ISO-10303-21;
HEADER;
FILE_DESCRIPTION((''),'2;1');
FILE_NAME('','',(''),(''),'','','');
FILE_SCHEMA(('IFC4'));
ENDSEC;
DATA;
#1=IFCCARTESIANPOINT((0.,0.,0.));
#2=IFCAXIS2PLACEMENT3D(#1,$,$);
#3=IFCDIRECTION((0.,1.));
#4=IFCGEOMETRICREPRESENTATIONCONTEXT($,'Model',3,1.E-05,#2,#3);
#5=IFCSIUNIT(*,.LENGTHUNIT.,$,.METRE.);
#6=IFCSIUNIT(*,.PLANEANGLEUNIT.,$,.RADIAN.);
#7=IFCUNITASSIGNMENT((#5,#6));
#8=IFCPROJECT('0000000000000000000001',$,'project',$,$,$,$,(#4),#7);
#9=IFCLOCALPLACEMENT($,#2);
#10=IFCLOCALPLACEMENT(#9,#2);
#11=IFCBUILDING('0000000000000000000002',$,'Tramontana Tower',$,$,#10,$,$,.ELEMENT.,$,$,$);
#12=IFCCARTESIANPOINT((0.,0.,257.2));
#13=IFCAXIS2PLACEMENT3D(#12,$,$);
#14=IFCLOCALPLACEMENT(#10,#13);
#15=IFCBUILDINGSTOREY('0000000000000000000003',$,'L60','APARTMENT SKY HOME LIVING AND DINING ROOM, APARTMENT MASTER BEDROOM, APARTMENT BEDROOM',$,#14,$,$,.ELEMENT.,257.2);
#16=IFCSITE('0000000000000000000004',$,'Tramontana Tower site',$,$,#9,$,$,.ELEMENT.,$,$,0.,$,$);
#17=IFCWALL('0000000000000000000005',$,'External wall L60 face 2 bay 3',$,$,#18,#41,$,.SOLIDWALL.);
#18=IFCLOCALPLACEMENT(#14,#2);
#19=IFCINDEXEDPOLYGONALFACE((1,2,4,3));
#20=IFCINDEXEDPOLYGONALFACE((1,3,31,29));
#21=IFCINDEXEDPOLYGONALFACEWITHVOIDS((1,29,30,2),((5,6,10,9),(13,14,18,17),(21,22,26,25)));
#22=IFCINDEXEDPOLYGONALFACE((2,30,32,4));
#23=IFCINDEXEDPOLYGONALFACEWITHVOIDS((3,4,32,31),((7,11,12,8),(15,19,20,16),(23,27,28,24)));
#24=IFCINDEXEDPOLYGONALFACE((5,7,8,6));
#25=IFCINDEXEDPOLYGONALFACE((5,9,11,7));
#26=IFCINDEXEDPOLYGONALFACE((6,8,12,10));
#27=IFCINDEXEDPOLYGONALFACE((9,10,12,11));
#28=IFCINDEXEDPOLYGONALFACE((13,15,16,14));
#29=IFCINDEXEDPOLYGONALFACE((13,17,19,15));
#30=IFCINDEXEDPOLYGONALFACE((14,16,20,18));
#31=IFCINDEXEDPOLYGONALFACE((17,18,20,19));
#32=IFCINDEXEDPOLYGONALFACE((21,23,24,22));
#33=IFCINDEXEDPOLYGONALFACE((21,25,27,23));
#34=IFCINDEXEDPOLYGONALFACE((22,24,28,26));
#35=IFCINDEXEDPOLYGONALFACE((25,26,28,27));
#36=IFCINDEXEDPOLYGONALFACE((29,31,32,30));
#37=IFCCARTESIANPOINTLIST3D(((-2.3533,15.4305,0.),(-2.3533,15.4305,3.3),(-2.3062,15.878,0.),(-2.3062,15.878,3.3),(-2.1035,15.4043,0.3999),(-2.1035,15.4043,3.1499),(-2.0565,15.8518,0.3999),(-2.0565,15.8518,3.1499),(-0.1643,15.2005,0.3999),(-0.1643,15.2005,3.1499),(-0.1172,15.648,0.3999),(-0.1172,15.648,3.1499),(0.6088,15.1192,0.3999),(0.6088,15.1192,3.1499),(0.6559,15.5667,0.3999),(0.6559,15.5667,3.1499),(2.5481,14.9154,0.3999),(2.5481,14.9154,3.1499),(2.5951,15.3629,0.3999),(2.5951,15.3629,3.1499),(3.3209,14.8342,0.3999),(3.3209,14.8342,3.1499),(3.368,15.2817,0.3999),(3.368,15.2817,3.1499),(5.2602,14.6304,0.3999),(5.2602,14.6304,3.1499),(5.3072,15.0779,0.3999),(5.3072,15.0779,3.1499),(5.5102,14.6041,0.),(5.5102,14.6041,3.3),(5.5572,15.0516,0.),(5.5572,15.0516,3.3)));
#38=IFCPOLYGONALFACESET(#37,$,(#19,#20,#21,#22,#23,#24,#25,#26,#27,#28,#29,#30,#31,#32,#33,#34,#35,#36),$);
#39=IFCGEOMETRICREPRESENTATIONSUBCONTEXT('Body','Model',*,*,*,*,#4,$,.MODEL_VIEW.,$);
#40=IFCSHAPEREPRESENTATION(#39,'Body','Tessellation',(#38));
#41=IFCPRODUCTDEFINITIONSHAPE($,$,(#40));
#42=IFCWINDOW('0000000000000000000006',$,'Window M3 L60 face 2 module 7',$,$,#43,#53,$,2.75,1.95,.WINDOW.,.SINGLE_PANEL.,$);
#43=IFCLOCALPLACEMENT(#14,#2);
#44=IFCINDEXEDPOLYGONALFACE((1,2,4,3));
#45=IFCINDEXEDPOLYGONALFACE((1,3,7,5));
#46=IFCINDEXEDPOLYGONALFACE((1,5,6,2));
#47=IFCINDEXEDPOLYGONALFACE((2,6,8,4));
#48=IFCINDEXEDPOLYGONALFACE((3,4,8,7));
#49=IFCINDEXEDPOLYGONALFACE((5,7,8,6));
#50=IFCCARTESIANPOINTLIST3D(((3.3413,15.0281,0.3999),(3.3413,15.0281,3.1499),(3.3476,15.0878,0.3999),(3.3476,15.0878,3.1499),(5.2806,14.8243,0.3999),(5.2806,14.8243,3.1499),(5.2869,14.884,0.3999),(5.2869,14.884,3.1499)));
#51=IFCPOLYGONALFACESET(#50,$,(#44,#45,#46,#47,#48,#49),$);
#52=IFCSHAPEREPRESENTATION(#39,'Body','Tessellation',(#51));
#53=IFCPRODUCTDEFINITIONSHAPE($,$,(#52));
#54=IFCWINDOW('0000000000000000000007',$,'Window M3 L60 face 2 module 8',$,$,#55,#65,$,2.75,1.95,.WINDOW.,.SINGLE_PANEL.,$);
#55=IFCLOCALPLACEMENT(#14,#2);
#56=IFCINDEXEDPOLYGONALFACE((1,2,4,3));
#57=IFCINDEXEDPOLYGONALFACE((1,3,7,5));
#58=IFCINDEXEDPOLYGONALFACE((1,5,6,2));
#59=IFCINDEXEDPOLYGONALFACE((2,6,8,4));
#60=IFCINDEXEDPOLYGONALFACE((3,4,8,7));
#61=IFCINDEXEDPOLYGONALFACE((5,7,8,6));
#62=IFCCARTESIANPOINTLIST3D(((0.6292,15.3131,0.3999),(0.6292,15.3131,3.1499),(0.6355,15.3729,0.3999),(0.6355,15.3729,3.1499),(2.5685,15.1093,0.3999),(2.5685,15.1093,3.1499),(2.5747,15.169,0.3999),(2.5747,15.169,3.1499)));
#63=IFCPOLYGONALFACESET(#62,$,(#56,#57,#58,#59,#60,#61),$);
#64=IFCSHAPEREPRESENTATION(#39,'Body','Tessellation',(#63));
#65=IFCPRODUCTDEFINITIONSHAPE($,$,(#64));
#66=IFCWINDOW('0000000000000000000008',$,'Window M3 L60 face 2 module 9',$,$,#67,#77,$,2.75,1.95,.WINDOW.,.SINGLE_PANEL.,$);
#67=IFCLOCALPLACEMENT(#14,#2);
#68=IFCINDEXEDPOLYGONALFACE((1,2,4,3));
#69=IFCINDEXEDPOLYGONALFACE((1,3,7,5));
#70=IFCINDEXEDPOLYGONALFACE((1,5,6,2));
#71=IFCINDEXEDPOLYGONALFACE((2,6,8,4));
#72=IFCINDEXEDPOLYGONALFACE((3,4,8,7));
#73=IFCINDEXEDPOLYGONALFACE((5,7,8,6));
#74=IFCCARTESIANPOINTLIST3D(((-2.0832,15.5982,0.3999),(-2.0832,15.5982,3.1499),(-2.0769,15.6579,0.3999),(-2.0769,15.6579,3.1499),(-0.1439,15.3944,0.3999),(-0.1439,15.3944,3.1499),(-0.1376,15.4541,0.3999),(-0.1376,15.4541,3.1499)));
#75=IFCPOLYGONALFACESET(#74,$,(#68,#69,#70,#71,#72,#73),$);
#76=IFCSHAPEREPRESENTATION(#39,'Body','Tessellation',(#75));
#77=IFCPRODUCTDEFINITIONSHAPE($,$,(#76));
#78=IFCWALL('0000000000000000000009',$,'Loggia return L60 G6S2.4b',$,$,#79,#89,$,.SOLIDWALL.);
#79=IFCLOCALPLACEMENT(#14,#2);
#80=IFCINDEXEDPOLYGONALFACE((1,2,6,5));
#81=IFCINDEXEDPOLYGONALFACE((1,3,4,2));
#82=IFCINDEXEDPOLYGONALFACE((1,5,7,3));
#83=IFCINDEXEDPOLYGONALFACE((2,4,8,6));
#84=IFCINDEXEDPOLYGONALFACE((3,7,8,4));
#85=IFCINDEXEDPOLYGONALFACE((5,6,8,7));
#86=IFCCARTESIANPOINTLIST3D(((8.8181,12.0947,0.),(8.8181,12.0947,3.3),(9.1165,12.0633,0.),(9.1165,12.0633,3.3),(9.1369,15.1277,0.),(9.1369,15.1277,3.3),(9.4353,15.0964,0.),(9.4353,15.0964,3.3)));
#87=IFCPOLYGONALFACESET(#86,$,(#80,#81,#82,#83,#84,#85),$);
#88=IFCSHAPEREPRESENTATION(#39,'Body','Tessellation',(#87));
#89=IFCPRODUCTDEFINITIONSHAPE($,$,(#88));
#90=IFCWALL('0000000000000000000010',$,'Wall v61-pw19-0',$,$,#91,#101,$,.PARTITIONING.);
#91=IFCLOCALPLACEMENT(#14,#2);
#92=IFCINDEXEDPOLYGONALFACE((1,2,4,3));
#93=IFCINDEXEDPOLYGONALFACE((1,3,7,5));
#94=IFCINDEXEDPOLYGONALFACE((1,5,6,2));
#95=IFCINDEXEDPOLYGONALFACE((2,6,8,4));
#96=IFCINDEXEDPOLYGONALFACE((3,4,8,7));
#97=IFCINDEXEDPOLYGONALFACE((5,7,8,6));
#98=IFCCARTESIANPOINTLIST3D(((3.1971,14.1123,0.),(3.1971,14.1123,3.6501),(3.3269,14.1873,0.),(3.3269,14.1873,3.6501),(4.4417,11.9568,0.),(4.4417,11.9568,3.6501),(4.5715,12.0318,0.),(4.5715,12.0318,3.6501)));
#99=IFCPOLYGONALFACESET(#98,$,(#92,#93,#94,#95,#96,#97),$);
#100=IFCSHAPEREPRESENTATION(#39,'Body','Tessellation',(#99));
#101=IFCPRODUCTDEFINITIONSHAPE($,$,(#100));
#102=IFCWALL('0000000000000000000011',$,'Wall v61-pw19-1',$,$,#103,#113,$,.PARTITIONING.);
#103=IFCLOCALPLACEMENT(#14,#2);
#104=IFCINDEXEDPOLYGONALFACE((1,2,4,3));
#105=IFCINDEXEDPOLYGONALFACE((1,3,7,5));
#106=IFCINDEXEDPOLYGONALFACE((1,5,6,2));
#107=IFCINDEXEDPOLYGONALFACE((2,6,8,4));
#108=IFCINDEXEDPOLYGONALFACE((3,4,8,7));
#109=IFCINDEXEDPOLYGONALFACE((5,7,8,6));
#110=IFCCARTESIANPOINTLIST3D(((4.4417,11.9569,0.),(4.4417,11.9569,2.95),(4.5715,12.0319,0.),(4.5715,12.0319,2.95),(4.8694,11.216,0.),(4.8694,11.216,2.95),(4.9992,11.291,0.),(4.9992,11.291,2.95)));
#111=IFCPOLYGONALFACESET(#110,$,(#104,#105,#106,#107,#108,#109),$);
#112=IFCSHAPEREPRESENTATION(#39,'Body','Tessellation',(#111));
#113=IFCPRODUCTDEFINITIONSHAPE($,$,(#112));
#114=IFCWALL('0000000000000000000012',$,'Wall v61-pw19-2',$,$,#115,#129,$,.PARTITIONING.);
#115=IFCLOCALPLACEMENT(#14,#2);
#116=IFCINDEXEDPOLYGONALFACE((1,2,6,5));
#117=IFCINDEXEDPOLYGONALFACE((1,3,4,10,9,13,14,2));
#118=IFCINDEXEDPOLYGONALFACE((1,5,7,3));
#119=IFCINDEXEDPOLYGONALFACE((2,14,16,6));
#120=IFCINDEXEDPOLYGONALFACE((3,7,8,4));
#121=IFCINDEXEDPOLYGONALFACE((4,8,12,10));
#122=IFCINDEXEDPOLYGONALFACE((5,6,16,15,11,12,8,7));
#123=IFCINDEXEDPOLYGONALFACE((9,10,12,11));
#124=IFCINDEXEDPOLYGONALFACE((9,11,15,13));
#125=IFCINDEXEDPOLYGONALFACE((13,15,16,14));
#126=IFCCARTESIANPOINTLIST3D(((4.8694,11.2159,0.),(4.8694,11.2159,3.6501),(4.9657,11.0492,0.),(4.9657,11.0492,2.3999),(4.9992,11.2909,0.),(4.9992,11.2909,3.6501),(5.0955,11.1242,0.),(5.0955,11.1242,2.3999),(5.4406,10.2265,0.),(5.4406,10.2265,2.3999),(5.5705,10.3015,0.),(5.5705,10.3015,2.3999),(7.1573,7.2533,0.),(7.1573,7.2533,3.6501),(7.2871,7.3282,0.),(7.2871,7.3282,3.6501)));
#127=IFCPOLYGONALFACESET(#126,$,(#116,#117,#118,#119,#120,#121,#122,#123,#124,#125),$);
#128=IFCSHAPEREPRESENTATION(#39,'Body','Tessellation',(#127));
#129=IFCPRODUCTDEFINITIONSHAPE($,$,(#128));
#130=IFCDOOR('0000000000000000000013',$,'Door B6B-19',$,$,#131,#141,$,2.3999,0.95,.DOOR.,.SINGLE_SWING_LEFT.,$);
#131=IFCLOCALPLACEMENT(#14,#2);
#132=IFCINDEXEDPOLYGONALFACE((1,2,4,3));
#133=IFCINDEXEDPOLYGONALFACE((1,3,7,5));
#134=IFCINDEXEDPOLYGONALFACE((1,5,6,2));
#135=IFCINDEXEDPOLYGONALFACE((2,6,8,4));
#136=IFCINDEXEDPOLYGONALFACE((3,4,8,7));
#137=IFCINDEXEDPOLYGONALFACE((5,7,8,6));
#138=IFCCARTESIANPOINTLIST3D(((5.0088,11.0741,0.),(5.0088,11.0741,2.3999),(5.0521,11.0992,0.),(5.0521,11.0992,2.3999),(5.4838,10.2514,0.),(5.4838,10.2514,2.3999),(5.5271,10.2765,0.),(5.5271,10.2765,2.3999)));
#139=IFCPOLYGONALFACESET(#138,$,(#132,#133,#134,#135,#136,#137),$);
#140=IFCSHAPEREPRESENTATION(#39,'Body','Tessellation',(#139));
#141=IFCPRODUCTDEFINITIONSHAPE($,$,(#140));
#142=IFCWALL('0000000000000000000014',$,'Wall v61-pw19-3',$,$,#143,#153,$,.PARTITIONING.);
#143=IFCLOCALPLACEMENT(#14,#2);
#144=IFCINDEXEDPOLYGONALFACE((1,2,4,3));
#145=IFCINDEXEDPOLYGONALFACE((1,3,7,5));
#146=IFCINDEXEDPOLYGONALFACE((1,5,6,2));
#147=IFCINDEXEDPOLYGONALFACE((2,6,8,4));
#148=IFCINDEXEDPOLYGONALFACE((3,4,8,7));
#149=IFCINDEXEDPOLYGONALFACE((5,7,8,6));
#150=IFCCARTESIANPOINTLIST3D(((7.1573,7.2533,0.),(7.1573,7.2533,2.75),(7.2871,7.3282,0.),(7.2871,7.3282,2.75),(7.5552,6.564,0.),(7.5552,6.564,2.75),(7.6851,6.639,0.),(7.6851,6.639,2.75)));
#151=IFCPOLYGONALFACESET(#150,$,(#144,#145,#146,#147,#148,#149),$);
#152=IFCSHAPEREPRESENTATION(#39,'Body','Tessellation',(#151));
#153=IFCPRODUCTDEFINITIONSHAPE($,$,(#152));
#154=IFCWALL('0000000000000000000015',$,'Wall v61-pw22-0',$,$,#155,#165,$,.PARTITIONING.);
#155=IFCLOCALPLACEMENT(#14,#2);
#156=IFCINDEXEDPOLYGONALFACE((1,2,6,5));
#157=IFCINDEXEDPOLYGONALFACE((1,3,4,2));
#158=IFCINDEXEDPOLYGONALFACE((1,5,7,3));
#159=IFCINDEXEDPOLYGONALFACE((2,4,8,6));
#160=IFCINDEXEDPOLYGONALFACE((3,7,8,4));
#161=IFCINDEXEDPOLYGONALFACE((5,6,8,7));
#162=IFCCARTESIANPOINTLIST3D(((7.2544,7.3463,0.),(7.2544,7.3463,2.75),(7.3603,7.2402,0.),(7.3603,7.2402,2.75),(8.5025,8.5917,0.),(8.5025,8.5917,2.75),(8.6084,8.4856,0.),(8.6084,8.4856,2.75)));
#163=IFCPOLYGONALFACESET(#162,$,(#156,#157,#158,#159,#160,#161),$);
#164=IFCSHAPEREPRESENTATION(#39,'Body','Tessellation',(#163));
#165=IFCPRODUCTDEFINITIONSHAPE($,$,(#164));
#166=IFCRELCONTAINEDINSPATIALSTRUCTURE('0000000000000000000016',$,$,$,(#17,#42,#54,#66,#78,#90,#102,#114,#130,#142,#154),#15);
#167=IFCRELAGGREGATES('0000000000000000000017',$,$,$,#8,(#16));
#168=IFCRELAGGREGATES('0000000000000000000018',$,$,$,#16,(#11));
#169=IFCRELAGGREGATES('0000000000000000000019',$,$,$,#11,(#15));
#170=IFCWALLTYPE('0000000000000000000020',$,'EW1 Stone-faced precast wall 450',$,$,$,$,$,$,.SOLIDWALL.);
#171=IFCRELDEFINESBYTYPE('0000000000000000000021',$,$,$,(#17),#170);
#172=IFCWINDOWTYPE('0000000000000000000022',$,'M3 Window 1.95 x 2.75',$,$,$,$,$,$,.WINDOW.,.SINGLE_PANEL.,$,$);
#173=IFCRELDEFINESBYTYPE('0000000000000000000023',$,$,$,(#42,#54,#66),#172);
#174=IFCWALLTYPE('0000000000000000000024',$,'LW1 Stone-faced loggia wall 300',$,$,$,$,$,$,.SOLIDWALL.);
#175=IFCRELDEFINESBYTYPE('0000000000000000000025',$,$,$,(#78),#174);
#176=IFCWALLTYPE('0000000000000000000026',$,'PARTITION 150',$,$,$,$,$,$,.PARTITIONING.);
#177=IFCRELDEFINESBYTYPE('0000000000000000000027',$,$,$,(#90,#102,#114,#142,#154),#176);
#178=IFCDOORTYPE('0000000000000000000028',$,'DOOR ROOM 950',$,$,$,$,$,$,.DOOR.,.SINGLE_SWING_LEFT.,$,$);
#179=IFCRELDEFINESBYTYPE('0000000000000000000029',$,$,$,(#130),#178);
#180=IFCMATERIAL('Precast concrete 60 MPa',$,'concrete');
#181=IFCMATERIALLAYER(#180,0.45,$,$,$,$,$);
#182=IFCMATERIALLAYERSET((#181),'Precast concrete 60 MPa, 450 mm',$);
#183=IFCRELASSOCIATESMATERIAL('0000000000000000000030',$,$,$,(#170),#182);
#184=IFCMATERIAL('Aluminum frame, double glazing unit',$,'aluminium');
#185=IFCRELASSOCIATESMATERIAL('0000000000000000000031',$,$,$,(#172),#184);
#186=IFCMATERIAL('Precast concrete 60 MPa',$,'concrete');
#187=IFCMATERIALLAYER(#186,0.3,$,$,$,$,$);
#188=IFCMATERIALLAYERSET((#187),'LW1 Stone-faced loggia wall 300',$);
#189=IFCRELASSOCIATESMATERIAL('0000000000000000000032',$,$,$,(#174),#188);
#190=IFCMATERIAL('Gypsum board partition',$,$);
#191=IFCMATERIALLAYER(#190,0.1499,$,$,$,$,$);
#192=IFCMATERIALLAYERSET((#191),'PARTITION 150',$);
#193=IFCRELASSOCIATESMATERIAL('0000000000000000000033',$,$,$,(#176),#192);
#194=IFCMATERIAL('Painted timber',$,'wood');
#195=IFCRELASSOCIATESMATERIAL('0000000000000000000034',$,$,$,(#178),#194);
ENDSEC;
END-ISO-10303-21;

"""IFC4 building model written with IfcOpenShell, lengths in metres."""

from ifc_helpers import new_model, si_unit, direction, frame, frame_2d, origin, place, context, subcontext, project, spatial, rectangle, extrude, material, layer, layer_set, type_object, element, fill, save


model = new_model("IFC4")

# Units and contexts
model_context = context("Model", 3, precision=1e-05, world=origin(), true_north=direction((0.0, 1.0)))
body_context = subcontext(model_context, "Body", "Model", "MODEL_VIEW")
ifc_project = project(units=[si_unit("LENGTHUNIT", "METRE"), si_unit("PLANEANGLEUNIT", "RADIAN")], contexts=[model_context])

# Site, building, storey
site_placement = place(None, origin())
site = spatial("IfcSite", under=ifc_project, at=site_placement, Name="Tramontana Tower site", CompositionType="ELEMENT", RefElevation=0.0)
building_placement = place(site_placement, origin())
building = spatial("IfcBuilding", under=site, at=building_placement, Name="Tramontana Tower", CompositionType="ELEMENT")
storey_placement = place(building_placement, frame((0.0, 0.0, 257.2)))
storey = spatial("IfcBuildingStorey", under=building, at=storey_placement, Name="L60", Description="APARTMENT SKY HOME LIVING AND DINING ROOM, APARTMENT MASTER BEDROOM, APARTMENT BEDROOM", CompositionType="ELEMENT", Elevation=257.2)

# Shared definitions
ifc_material_1 = material(Name="Precast concrete 60 MPa", Category="concrete")
ifc_layer_1 = layer(ifc_material_1, 0.45)
ifc_layer_set_1 = layer_set([ifc_layer_1], Name="Precast concrete 60 MPa, 450 mm")
wall_type_1 = type_object("IfcWallType", Name="EW1 Stone-faced precast wall 450", PredefinedType="SOLIDWALL", material=ifc_layer_set_1)
ifc_material_2 = material(Name="Aluminum frame, double glazing unit", Category="aluminium")
window_type = type_object("IfcWindowType", Name="M3 Window 1.95 x 2.75", PartitioningType="SINGLE_PANEL", PredefinedType="WINDOW", material=ifc_material_2)

# Wall, openings, windows
wall_1_placement = place(storey_placement, frame((5.5337, 14.8279, 0.0), z_axis=(0.0, 0.0, 1.0), x_axis=(-0.994523, 0.104519, 0.0)))
wall_1 = element("IfcWall", 1, at=wall_1_placement, inside=storey, type_object=wall_type_1, Name="External wall L60 face 2 bay 3", PredefinedType="SOLIDWALL", context=body_context, shape_type="SweptSolid", body=[
    extrude(rectangle(XDim=7.9067, YDim=0.45, at=frame_2d((3.9534, 0.0))), origin(), (0.0, 0.0, 1.0), 3.3),
])
opening_1_placement = place(wall_1_placement, frame((0.2512, 0.0, 0.3999)))
opening_1 = element("IfcOpeningElement", 2, at=opening_1_placement, cuts=wall_1, PredefinedType="OPENING", context=body_context, shape_type="SweptSolid", body=[
    extrude(rectangle(XDim=1.95, YDim=2.75, at=frame_2d((0.9751, 1.375))), frame((0.0, 0.2349, 0.0), z_axis=(0.0, -1.0, 0.0), x_axis=(1.0, 0.0, 0.0)), (0.0, 0.0, 1.0), 0.47),
])
opening_2_placement = place(wall_1_placement, frame((2.9783, 0.0, 0.3999)))
opening_2 = element("IfcOpeningElement", 3, at=opening_2_placement, cuts=wall_1, PredefinedType="OPENING", context=body_context, shape_type="SweptSolid", body=[
    extrude(rectangle(XDim=1.95, YDim=2.75, at=frame_2d((0.9751, 1.375))), frame((0.0, 0.2349, 0.0), z_axis=(0.0, -1.0, 0.0), x_axis=(1.0, 0.0, 0.0)), (0.0, 0.0, 1.0), 0.47),
])
opening_3_placement = place(wall_1_placement, frame((5.7056, 0.0, 0.3999)))
opening_3 = element("IfcOpeningElement", 4, at=opening_3_placement, cuts=wall_1, PredefinedType="OPENING", context=body_context, shape_type="SweptSolid", body=[
    extrude(rectangle(XDim=1.95, YDim=2.75, at=frame_2d((0.9751, 1.375))), frame((0.0, 0.2349, 0.0), z_axis=(0.0, -1.0, 0.0), x_axis=(1.0, 0.0, 0.0)), (0.0, 0.0, 1.0), 0.47),
])
window_1_placement = place(opening_1_placement, origin())
window_1 = element("IfcWindow", 5, at=window_1_placement, inside=storey, type_object=window_type, Name="Window M3 L60 face 2 module 7", OverallHeight=2.75, OverallWidth=1.95, PartitioningType="SINGLE_PANEL", PredefinedType="WINDOW", context=body_context, shape_type="SweptSolid", body=[
    extrude(rectangle(XDim=1.95, YDim=2.75, at=frame_2d((0.9751, 1.375))), frame((0.0, 0.03, 0.0), z_axis=(0.0, -1.0, 0.0), x_axis=(1.0, 0.0, 0.0)), (0.0, 0.0, 1.0), 0.0601),
])
fill(opening_1, window_1)
window_2_placement = place(opening_2_placement, origin())
window_2 = element("IfcWindow", 6, at=window_2_placement, inside=storey, type_object=window_type, Name="Window M3 L60 face 2 module 8", OverallHeight=2.75, OverallWidth=1.95, PartitioningType="SINGLE_PANEL", PredefinedType="WINDOW", context=body_context, shape_type="SweptSolid", body=[
    extrude(rectangle(XDim=1.95, YDim=2.75, at=frame_2d((0.9751, 1.375))), frame((0.0, 0.03, 0.0), z_axis=(0.0, -1.0, 0.0), x_axis=(1.0, 0.0, 0.0)), (0.0, 0.0, 1.0), 0.0601),
])
fill(opening_2, window_2)
window_3_placement = place(opening_3_placement, origin())
window_3 = element("IfcWindow", 7, at=window_3_placement, inside=storey, type_object=window_type, Name="Window M3 L60 face 2 module 9", OverallHeight=2.75, OverallWidth=1.95, PartitioningType="SINGLE_PANEL", PredefinedType="WINDOW", context=body_context, shape_type="SweptSolid", body=[
    extrude(rectangle(XDim=1.95, YDim=2.75, at=frame_2d((0.9751, 1.375))), frame((0.0, 0.03, 0.0), z_axis=(0.0, -1.0, 0.0), x_axis=(1.0, 0.0, 0.0)), (0.0, 0.0, 1.0), 0.0601),
])
fill(opening_3, window_3)

# Walls
ifc_material_3 = material(Name="Precast concrete 60 MPa", Category="concrete")
ifc_layer_2 = layer(ifc_material_3, 0.3)
ifc_layer_set_2 = layer_set([ifc_layer_2], Name="LW1 Stone-faced loggia wall 300")
wall_type_2 = type_object("IfcWallType", Name="LW1 Stone-faced loggia wall 300", PredefinedType="SOLIDWALL", material=ifc_layer_set_2)
wall_2_placement = place(storey_placement, frame((9.2861, 15.1121, 0.0), z_axis=(0.0, 0.0, 1.0), x_axis=(-0.104543, -0.99452, 0.0)))
element("IfcWall", 8, at=wall_2_placement, inside=storey, type_object=wall_type_2, Name="Loggia return L60 G6S2.4b", PredefinedType="SOLIDWALL", context=body_context, shape_type="SweptSolid", body=[
    extrude(rectangle(XDim=3.0498, YDim=0.3, at=frame_2d((1.5249, 0.0))), origin(), (0.0, 0.0, 1.0), 3.3),
])
ifc_material_4 = material(Name="Gypsum board partition")
ifc_layer_3 = layer(ifc_material_4, 0.1499)
ifc_layer_set_3 = layer_set([ifc_layer_3], Name="PARTITION 150")
wall_type_3 = type_object("IfcWallType", Name="PARTITION 150", PredefinedType="PARTITIONING", material=ifc_layer_set_3)
wall_3_placement = place(storey_placement, frame((3.262, 14.1499, 0.0), z_axis=(0.0, 0.0, 1.0), x_axis=(0.500042, -0.866001, 0.0)))
element("IfcWall", 9, at=wall_3_placement, inside=storey, type_object=wall_type_3, Name="Wall v61-pw19-0", PredefinedType="PARTITIONING", context=body_context, shape_type="SweptSolid", body=[
    extrude(rectangle(XDim=2.489, YDim=0.1499, at=frame_2d((1.2446, 0.0))), origin(), (0.0, 0.0, 1.0), 3.6501),
])
wall_4_placement = place(storey_placement, frame((4.5066, 11.9944, 0.0), z_axis=(0.0, 0.0, 1.0), x_axis=(0.499945, -0.866057, 0.0)))
element("IfcWall", 10, at=wall_4_placement, inside=storey, type_object=wall_type_3, Name="Wall v61-pw19-1", PredefinedType="PARTITIONING", context=body_context, shape_type="SweptSolid", body=[
    extrude(rectangle(XDim=0.8555, YDim=0.1499, at=frame_2d((0.4277, 0.0))), origin(), (0.0, 0.0, 1.0), 2.95),
])

# Wall, opening, door
wall_5_placement = place(storey_placement, frame((4.9343, 11.2534, 0.0), z_axis=(0.0, 0.0, 1.0), x_axis=(0.500001, -0.866025, 0.0)))
wall_5 = element("IfcWall", 11, at=wall_5_placement, inside=storey, type_object=wall_type_3, Name="Wall v61-pw19-2", PredefinedType="PARTITIONING", context=body_context, shape_type="SweptSolid", body=[
    extrude(rectangle(XDim=4.5757, YDim=0.1499, at=frame_2d((2.2878, 0.0))), origin(), (0.0, 0.0, 1.0), 3.6501),
])
opening_4_placement = place(wall_5_placement, frame((0.1924, 0.0, 0.0)))
opening_4 = element("IfcOpeningElement", 12, at=opening_4_placement, cuts=wall_5, PredefinedType="OPENING", context=body_context, shape_type="SweptSolid", body=[
    extrude(rectangle(XDim=0.95, YDim=2.3999, at=frame_2d((0.4751, 1.2))), frame((0.0, 0.085, 0.0), z_axis=(0.0, -1.0, 0.0), x_axis=(1.0, 0.0, 0.0)), (0.0, 0.0, 1.0), 0.1699),
])
ifc_material_5 = material(Name="Painted timber", Category="wood")
door_type = type_object("IfcDoorType", Name="DOOR ROOM 950", OperationType="SINGLE_SWING_LEFT", PredefinedType="DOOR", material=ifc_material_5)
door_1_placement = place(opening_4_placement, origin())
door_1 = element("IfcDoor", 13, at=door_1_placement, inside=storey, type_object=door_type, Name="Door B6B-19", OperationType="SINGLE_SWING_LEFT", OverallHeight=2.3999, OverallWidth=0.95, PredefinedType="DOOR", context=body_context, shape_type="SweptSolid", body=[
    extrude(rectangle(XDim=0.95, YDim=2.3999, at=frame_2d((0.4751, 1.2))), frame((0.0, 0.0249, 0.0), z_axis=(0.0, -1.0, 0.0), x_axis=(1.0, 0.0, 0.0)), (0.0, 0.0, 1.0), 0.05),
])
fill(opening_4, door_1)

# Walls
wall_6_placement = place(storey_placement, frame((7.2222, 7.2908, 0.0), z_axis=(0.0, 0.0, 1.0), x_axis=(0.500032, -0.866007, 0.0)))
element("IfcWall", 14, at=wall_6_placement, inside=storey, type_object=wall_type_3, Name="Wall v61-pw19-3", PredefinedType="PARTITIONING", context=body_context, shape_type="SweptSolid", body=[
    extrude(rectangle(XDim=0.7959, YDim=0.1499, at=frame_2d((0.3979, 0.0))), origin(), (0.0, 0.0, 1.0), 2.75),
])
wall_7_placement = place(storey_placement, frame((7.3074, 7.2932, 0.0), z_axis=(0.0, 0.0, 1.0), x_axis=(0.707868, 0.706345, 0.0)))
element("IfcWall", 15, at=wall_7_placement, inside=storey, type_object=wall_type_3, Name="Wall v61-pw22-0", PredefinedType="PARTITIONING", context=body_context, shape_type="SweptSolid", body=[
    extrude(rectangle(XDim=1.7632, YDim=0.1499, at=frame_2d((0.8816, 0.0))), origin(), (0.0, 0.0, 1.0), 2.75),
])

save(model, "model.ifc")
